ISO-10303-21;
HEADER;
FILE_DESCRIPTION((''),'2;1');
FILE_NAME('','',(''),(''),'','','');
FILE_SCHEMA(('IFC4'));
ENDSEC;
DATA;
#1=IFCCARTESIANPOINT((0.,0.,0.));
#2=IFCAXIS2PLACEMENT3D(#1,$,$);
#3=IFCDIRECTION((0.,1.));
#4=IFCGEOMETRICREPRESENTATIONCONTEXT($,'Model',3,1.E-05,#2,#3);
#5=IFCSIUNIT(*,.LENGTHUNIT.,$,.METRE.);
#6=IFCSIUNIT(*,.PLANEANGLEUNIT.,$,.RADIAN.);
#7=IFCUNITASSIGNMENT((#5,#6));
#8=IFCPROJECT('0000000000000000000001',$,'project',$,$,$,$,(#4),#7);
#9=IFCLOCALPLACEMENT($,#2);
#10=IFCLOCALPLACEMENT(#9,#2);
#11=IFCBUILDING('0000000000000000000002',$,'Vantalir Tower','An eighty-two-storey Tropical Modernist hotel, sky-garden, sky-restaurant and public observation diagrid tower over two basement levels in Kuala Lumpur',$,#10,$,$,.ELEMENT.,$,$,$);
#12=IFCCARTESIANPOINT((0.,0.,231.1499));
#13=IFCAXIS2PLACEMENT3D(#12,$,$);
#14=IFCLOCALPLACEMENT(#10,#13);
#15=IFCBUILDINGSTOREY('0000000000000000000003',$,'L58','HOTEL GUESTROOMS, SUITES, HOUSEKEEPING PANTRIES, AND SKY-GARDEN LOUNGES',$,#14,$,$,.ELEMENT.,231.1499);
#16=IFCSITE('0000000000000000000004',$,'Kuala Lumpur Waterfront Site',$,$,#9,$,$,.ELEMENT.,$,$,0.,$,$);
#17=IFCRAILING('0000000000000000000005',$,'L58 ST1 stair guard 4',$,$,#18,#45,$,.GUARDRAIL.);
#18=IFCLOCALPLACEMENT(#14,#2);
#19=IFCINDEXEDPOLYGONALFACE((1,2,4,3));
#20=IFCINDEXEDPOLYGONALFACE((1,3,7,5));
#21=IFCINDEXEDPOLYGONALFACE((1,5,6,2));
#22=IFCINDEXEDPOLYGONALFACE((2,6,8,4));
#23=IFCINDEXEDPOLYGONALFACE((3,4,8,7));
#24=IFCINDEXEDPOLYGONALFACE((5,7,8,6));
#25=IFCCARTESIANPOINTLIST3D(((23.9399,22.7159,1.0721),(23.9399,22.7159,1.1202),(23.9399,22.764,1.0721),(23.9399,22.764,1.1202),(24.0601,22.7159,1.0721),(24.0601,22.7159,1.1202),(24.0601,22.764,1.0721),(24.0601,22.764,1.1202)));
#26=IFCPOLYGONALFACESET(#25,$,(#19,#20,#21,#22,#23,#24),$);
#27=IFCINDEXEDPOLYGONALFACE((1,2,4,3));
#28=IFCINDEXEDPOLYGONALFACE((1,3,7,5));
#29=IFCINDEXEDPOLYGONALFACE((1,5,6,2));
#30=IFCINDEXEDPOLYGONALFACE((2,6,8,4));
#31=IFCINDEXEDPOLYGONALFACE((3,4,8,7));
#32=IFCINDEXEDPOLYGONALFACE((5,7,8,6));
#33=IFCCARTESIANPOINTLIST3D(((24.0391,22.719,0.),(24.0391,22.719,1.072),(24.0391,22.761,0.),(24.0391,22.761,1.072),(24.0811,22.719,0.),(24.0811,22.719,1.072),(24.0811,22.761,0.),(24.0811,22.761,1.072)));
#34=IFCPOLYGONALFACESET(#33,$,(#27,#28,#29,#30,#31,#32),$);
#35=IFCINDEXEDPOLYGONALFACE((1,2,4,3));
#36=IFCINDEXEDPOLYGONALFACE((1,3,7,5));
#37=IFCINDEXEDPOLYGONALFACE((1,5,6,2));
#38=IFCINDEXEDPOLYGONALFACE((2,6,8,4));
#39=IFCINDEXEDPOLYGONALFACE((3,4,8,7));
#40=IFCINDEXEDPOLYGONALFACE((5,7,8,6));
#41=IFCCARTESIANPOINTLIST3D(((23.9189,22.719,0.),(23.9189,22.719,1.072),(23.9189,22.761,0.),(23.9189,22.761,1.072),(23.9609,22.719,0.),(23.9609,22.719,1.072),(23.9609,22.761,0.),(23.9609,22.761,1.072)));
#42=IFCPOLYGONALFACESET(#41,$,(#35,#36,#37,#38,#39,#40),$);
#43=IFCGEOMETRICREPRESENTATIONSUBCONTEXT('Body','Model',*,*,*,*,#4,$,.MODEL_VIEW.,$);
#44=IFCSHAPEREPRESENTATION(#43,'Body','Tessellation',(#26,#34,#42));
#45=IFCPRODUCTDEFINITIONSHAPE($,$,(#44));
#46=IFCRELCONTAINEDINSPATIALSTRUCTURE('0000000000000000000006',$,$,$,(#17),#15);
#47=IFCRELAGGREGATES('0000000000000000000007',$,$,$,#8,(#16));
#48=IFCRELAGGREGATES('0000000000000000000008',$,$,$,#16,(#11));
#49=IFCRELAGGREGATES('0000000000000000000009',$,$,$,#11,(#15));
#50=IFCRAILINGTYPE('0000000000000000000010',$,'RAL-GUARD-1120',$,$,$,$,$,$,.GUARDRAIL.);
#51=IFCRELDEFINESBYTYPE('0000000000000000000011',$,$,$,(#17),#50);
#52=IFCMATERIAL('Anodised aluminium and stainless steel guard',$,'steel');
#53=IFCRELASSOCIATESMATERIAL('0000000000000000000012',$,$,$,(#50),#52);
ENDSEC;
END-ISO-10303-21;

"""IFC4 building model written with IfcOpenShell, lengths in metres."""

from ifc_helpers import new_model, si_unit, direction, frame, origin, origin_2d, place, context, subcontext, project, spatial, rectangle, extrude, material, type_object, element, save


model = new_model("IFC4")

# Units and contexts
model_context = context("Model", 3, precision=1e-05, world=origin(), true_north=direction((0.0, 1.0)))
body_context = subcontext(model_context, "Body", "Model", "MODEL_VIEW")
ifc_project = project(units=[si_unit("LENGTHUNIT", "METRE"), si_unit("PLANEANGLEUNIT", "RADIAN")], contexts=[model_context])

# Site, building, storey
site_placement = place(None, origin())
site = spatial("IfcSite", under=ifc_project, at=site_placement, Name="Kuala Lumpur Waterfront Site", CompositionType="ELEMENT", RefElevation=0.0)
building_placement = place(site_placement, origin())
building = spatial("IfcBuilding", under=site, at=building_placement, Name="Vantalir Tower", Description="An eighty-two-storey Tropical Modernist hotel, sky-garden, sky-restaurant and public observation diagrid tower over two basement levels in Kuala Lumpur", CompositionType="ELEMENT")
storey_placement = place(building_placement, frame((0.0, 0.0, 231.1499)))
storey = spatial("IfcBuildingStorey", under=building, at=storey_placement, Name="L58", Description="HOTEL GUESTROOMS, SUITES, HOUSEKEEPING PANTRIES, AND SKY-GARDEN LOUNGES", CompositionType="ELEMENT", Elevation=231.1499)

# Railing
ifc_material_1 = material(Name="Anodised aluminium and stainless steel guard", Category="steel")
railing_type = type_object("IfcRailingType", Name="RAL-GUARD-1120", PredefinedType="GUARDRAIL", material=ifc_material_1)
railing_placement = place(storey_placement, frame((24.0601, 22.74, 0.0)))
element("IfcRailing", 1, at=railing_placement, inside=storey, type_object=railing_type, Name="L58 ST1 stair guard 4", PredefinedType="GUARDRAIL", context=body_context, shape_type="SweptSolid", body=[
    extrude(rectangle(XDim=0.0481, YDim=0.0481, at=origin_2d()), frame((0.0, 0.0, 1.0962), z_axis=(-1.0, 0.0, 0.0), x_axis=(0.0, -1.0, 0.0)), (0.0, 0.0, 1.0), 0.1201),
    extrude(rectangle(XDim=0.042, YDim=0.042, at=origin_2d()), origin(), (0.0, 0.0, 1.0), 1.072),
    extrude(rectangle(XDim=0.042, YDim=0.042, at=origin_2d()), frame((-0.1201, 0.0, 0.0)), (0.0, 0.0, 1.0), 1.072),
])

save(model, "model.ifc")
